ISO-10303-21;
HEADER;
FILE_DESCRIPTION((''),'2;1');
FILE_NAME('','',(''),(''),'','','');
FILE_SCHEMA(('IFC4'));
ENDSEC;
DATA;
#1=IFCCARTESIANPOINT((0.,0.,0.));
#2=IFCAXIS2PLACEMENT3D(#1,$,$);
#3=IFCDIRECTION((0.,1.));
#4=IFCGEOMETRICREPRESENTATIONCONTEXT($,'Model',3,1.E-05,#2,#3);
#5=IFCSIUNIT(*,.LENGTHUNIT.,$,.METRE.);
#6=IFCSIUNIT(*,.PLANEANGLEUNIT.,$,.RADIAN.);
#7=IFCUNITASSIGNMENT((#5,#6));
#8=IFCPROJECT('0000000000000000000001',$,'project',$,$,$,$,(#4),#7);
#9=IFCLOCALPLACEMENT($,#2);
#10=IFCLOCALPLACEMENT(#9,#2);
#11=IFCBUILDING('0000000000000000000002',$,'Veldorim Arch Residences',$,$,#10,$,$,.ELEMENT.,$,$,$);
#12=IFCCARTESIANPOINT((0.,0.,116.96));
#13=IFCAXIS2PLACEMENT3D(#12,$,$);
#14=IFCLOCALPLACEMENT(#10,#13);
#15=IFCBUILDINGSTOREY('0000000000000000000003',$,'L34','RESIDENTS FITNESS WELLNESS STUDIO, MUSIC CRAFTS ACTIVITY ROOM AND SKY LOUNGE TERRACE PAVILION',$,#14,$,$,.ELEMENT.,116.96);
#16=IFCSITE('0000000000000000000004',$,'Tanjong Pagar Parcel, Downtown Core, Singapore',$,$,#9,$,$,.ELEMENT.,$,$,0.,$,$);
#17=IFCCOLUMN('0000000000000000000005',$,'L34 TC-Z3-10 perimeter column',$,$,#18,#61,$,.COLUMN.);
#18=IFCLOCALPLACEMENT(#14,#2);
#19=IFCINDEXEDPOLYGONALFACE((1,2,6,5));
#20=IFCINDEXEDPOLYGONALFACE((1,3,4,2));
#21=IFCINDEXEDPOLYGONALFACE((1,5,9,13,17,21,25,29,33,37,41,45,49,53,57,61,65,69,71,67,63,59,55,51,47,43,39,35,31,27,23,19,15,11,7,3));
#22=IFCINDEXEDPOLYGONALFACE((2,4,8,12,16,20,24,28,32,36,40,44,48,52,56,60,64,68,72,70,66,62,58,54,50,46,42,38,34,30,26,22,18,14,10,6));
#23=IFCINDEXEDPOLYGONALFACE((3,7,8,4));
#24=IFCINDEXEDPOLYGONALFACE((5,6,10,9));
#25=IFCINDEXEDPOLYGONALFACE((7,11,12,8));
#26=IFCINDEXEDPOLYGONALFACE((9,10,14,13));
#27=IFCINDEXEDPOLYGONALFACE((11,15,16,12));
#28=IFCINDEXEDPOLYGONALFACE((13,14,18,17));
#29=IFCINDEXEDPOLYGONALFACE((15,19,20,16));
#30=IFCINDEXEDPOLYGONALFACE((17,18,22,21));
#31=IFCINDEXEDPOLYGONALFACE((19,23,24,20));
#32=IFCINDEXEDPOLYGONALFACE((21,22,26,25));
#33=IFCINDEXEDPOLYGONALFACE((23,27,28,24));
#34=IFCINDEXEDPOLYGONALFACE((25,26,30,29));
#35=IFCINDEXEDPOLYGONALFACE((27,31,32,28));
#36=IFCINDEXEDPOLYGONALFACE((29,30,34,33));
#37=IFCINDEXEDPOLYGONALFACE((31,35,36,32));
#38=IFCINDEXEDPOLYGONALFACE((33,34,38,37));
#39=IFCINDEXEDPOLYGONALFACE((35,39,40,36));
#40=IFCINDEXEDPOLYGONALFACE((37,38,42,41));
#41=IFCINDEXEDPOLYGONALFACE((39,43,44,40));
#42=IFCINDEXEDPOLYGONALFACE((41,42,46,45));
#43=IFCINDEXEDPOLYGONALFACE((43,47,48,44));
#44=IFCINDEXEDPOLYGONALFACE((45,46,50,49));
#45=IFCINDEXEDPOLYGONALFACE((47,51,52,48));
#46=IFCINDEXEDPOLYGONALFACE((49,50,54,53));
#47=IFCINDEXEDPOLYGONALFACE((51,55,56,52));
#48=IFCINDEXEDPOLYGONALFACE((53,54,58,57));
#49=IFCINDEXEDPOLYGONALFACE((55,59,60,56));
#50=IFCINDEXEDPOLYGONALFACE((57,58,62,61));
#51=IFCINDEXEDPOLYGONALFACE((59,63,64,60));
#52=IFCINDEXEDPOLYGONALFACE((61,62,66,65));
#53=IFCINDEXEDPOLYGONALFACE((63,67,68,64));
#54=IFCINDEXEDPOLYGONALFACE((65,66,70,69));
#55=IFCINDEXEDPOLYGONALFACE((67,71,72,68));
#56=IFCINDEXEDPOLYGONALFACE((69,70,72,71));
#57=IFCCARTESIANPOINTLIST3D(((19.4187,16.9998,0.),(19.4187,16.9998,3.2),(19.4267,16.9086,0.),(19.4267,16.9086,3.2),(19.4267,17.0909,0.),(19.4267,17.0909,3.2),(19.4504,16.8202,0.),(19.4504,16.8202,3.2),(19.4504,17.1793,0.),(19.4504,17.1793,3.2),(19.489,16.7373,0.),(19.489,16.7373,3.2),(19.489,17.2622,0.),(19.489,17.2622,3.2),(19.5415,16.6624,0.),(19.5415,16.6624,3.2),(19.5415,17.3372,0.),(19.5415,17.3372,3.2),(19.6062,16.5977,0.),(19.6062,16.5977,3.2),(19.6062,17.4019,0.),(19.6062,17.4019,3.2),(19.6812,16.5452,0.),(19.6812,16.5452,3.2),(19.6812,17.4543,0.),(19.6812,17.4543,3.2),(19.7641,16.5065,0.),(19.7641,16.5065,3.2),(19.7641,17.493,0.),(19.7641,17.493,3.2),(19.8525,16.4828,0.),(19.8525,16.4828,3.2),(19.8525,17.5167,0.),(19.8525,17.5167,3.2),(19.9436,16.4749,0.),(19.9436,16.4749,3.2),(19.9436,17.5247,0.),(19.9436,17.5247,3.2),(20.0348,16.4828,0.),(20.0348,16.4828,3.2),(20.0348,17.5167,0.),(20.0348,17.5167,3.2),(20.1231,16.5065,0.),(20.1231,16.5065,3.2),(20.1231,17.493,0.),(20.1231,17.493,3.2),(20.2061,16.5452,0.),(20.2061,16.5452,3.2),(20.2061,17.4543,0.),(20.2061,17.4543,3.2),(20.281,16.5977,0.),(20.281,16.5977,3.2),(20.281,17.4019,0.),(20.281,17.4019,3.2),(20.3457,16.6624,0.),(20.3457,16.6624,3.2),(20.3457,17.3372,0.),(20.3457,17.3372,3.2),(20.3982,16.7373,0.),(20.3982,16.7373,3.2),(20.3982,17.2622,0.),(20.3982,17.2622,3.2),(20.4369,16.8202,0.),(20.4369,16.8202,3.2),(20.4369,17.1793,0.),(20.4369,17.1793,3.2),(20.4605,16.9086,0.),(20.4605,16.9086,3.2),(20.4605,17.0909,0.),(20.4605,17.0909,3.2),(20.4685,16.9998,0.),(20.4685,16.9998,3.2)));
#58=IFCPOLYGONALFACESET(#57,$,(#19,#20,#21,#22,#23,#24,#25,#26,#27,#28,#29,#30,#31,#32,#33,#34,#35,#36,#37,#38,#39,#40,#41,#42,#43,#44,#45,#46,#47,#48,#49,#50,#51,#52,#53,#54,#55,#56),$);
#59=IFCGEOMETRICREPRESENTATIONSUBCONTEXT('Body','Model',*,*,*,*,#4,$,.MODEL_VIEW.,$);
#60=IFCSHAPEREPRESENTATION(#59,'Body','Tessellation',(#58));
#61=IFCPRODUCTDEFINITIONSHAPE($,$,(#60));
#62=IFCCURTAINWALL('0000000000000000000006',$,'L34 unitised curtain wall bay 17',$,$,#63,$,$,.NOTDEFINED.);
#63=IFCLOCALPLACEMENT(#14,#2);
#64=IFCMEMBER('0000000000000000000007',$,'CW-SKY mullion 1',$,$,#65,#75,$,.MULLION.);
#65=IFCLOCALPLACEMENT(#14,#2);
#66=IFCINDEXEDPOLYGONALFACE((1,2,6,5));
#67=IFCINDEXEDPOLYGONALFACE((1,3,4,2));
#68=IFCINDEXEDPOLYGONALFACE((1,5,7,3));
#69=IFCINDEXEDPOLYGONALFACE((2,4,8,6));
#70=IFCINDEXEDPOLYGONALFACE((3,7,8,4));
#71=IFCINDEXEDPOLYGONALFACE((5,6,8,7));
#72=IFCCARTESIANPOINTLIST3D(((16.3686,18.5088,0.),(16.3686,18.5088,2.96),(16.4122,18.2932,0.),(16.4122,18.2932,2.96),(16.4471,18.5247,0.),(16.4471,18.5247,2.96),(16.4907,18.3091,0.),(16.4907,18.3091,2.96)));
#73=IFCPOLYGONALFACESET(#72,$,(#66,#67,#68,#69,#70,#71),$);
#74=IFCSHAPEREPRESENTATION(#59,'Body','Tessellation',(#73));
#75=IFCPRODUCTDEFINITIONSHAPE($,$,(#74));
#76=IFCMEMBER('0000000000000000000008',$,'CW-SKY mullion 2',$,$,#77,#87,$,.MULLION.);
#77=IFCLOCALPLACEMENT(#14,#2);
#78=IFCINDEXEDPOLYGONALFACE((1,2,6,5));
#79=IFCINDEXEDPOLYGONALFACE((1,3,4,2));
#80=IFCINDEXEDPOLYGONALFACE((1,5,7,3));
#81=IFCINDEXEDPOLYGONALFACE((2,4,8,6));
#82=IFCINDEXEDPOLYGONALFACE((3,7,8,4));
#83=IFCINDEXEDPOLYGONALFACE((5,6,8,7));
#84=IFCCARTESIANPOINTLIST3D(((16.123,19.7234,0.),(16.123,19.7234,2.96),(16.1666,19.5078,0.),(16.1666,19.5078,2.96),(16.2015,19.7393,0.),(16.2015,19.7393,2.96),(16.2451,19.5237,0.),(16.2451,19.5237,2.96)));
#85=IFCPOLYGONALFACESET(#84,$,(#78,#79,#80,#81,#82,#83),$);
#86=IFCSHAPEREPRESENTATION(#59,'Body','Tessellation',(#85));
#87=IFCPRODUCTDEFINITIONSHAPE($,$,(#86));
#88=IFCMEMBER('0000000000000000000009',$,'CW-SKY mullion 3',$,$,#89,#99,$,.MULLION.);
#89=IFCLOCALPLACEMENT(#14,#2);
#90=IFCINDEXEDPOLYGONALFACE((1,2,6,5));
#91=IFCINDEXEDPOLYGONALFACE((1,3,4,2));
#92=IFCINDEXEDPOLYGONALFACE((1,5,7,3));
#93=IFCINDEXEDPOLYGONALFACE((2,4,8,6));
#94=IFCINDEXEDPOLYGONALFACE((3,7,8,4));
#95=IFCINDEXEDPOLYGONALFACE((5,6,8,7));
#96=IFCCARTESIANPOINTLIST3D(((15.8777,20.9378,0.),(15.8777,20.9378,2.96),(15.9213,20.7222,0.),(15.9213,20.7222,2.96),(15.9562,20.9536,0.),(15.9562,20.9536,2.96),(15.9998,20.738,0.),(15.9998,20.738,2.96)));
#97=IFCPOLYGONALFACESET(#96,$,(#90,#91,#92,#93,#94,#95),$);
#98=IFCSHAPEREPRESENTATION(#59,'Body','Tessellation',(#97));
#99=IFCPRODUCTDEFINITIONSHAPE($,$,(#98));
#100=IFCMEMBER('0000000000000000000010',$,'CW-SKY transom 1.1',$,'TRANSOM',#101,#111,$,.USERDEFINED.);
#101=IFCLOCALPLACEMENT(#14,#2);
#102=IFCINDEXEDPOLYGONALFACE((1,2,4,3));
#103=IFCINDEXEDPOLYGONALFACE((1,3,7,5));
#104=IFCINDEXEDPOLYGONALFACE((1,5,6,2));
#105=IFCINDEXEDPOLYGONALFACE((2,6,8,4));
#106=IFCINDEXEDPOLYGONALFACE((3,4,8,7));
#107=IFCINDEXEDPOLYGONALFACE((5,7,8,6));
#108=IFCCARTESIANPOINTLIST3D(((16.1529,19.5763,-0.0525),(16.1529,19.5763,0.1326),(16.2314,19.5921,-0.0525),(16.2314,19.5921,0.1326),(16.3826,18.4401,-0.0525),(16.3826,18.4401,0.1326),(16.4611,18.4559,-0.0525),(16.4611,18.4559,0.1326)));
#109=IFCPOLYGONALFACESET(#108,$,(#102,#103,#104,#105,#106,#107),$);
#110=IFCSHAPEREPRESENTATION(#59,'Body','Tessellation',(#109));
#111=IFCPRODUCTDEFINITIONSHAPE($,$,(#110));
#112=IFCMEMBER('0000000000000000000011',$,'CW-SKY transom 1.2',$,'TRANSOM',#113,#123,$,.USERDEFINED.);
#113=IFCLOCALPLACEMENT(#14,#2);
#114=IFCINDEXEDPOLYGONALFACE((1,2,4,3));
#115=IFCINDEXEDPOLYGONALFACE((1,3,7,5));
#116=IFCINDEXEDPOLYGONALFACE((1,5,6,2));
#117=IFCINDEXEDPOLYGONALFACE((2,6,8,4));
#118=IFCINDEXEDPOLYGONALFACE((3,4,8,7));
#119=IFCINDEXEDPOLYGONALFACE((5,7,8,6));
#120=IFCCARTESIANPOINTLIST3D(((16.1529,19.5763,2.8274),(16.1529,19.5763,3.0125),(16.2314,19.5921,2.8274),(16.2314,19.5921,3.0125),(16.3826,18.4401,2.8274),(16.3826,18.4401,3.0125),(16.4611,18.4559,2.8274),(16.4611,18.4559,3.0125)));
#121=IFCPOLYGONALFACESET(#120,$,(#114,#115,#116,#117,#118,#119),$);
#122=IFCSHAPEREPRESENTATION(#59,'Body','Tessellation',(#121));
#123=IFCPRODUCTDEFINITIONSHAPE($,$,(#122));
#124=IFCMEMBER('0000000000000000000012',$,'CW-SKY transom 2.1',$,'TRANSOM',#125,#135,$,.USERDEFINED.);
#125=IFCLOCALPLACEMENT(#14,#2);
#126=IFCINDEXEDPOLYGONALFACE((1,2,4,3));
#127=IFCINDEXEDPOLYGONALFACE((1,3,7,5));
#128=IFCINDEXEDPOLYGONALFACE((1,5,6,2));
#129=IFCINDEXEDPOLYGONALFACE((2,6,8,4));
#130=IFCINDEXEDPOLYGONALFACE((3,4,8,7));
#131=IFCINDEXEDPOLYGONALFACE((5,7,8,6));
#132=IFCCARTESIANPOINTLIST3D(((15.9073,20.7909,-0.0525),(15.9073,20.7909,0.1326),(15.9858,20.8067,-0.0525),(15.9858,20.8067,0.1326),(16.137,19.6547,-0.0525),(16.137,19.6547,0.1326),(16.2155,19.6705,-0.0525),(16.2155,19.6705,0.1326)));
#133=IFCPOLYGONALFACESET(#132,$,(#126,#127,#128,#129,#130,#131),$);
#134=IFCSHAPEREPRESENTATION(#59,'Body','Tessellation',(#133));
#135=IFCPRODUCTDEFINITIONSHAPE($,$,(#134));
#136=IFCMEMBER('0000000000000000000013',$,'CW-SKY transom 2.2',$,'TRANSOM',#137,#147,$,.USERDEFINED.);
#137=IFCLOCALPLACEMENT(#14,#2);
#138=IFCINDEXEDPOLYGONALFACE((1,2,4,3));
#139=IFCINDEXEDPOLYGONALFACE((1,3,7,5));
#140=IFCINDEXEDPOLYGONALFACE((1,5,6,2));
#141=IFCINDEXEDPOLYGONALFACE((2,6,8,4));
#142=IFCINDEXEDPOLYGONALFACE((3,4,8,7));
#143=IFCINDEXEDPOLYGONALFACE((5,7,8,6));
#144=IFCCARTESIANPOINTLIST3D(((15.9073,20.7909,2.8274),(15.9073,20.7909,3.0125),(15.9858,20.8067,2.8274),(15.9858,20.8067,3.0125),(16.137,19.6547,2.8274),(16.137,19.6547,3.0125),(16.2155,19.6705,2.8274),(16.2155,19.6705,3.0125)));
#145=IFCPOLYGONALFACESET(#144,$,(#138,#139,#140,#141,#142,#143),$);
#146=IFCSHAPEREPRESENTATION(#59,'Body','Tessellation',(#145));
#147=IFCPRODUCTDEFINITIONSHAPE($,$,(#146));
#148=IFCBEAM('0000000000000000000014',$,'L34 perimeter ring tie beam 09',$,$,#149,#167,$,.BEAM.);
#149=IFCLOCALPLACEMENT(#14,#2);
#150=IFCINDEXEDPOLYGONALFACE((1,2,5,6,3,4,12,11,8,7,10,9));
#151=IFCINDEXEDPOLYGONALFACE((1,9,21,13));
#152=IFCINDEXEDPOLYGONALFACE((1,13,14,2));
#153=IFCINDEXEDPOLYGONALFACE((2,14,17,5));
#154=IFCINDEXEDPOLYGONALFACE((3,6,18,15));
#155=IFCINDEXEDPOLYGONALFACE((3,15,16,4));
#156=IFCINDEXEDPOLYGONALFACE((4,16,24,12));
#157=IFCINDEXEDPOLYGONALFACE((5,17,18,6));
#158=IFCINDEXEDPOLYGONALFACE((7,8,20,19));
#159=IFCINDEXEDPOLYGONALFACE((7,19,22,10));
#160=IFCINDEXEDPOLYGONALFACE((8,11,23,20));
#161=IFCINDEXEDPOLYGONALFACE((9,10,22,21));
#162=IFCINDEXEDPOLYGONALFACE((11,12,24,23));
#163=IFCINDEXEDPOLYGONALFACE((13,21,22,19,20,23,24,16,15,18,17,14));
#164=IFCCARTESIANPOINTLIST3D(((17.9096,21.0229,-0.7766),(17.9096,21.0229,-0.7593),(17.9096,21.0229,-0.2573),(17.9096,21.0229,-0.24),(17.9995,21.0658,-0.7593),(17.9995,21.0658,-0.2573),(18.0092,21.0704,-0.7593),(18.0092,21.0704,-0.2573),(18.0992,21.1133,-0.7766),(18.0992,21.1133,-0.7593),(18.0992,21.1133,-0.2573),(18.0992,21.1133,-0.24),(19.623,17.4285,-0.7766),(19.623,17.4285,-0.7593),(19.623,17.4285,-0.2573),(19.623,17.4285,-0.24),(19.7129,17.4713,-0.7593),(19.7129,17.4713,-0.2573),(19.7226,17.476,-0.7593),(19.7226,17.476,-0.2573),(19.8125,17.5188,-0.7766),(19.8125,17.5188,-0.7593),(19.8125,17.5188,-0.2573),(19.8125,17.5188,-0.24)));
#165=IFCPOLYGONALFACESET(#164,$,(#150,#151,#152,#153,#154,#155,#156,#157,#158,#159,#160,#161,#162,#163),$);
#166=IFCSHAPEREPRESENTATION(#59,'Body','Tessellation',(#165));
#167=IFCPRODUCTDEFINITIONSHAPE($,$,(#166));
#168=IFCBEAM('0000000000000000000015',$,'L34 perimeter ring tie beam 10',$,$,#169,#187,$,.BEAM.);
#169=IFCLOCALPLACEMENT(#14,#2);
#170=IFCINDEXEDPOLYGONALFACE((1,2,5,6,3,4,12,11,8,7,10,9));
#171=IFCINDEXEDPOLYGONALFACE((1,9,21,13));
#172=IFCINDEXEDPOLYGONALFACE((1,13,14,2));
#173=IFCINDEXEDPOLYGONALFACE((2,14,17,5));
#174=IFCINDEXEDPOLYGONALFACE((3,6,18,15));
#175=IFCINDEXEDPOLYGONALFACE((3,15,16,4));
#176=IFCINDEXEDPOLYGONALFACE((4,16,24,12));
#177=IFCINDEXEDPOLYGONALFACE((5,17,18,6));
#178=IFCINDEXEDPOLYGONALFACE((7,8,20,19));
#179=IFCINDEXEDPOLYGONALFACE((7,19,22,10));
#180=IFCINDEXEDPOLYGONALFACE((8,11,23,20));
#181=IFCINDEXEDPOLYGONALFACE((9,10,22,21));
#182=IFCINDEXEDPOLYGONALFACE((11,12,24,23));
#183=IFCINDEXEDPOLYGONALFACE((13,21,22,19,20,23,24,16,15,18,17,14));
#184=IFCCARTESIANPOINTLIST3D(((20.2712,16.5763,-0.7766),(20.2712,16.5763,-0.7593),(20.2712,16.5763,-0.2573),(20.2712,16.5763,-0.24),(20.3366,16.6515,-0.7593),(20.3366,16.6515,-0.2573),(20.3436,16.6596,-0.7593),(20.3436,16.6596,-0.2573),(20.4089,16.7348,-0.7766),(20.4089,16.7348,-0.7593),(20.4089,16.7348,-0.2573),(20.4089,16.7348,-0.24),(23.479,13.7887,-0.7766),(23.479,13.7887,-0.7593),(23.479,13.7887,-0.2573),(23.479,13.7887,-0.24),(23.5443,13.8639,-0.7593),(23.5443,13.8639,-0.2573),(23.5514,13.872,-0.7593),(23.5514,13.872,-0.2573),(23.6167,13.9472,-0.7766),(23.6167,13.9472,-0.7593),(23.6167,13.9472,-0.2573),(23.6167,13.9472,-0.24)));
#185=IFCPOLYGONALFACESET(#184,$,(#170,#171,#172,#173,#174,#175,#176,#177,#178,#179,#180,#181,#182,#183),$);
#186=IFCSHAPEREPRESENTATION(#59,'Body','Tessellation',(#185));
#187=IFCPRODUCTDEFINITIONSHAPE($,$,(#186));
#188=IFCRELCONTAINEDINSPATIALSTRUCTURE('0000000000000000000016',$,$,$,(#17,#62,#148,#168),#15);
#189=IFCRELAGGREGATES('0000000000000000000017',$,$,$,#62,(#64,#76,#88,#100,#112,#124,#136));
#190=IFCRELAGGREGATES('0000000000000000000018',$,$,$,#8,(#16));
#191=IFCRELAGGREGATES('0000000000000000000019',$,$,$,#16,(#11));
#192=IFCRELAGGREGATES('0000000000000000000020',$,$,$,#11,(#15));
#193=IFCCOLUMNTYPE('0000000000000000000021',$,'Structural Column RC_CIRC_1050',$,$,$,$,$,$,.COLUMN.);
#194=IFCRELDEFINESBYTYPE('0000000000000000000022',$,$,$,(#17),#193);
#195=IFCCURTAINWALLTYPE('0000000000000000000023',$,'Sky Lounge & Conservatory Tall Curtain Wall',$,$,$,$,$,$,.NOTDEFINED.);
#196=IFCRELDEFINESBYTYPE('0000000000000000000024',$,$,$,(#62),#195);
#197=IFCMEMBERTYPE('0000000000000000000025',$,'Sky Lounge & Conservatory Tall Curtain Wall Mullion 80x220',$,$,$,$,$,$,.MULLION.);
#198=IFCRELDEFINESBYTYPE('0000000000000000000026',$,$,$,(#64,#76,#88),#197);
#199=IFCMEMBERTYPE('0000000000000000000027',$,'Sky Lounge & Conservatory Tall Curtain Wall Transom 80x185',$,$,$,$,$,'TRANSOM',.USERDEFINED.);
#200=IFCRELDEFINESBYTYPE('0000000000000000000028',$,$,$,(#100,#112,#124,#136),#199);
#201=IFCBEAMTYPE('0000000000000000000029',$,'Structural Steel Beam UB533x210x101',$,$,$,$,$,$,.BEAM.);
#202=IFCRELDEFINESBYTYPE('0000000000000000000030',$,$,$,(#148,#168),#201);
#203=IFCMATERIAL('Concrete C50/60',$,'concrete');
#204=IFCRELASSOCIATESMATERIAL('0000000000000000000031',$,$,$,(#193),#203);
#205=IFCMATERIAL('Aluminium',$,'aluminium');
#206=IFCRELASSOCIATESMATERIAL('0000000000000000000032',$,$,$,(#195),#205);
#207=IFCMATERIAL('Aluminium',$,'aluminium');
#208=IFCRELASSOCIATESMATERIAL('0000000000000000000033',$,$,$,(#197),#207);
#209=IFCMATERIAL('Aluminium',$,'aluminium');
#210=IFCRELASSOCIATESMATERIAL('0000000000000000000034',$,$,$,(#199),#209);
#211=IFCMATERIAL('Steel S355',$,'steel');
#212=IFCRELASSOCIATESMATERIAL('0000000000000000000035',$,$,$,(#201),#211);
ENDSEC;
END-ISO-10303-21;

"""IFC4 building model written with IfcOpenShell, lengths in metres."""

from ifc_helpers import new_model, si_unit, direction, frame, origin, origin_2d, place, context, subcontext, project, spatial, rectangle, circle, i_section, extrude, material, material_profile, profile_set, type_object, element, aggregate, save


model = new_model("IFC4")

# Units and contexts
model_context = context("Model", 3, precision=1e-05, world=origin(), true_north=direction((0.0, 1.0)))
body_context = subcontext(model_context, "Body", "Model", "MODEL_VIEW")
ifc_project = project(units=[si_unit("LENGTHUNIT", "METRE"), si_unit("PLANEANGLEUNIT", "RADIAN")], contexts=[model_context])

# Site, building, storey
site_placement = place(None, origin())
site = spatial("IfcSite", under=ifc_project, at=site_placement, Name="Tanjong Pagar Parcel, Downtown Core, Singapore", CompositionType="ELEMENT", RefElevation=0.0)
building_placement = place(site_placement, origin())
building = spatial("IfcBuilding", under=site, at=building_placement, Name="Veldorim Arch Residences", CompositionType="ELEMENT")
storey_placement = place(building_placement, frame((0.0, 0.0, 116.96)))
storey = spatial("IfcBuildingStorey", under=building, at=storey_placement, Name="L34", Description="RESIDENTS FITNESS WELLNESS STUDIO, MUSIC CRAFTS ACTIVITY ROOM AND SKY LOUNGE TERRACE PAVILION", CompositionType="ELEMENT", Elevation=116.96)

# Column
ifc_material_1 = material(Name="Concrete C50/60", Category="concrete")
ifc_material_profile_1 = material_profile(ifc_material_1, circle(Radius=0.5249, at=origin_2d()), Name="RC_CIRC_1050")
ifc_profile_set_1 = profile_set([ifc_material_profile_1], Name="Concrete C50/60")
column_type = type_object("IfcColumnType", Name="Structural Column RC_CIRC_1050", PredefinedType="COLUMN", material=ifc_profile_set_1)
column_placement = place(storey_placement, frame((19.9436, 16.9998, 0.0), z_axis=(0.0, 0.0, 1.0), x_axis=(1.0, 0.0, 0.0)))
element("IfcColumn", 1, at=column_placement, inside=storey, type_object=column_type, Name="L34 TC-Z3-10 perimeter column", PredefinedType="COLUMN", context=body_context, shape_type="SweptSolid", body=[
    extrude(circle(Radius=0.5249, at=origin_2d()), origin(), (0.0, 0.0, 1.0), 3.2),
])

# Curtain wall, members
ifc_material_2 = material(Name="Aluminium", Category="aluminium")
curtain_wall_type = type_object("IfcCurtainWallType", Name="Sky Lounge & Conservatory Tall Curtain Wall", PredefinedType="NOTDEFINED", material=ifc_material_2)
curtain_wall_placement = place(storey_placement, origin())
curtain_wall = element("IfcCurtainWall", 2, at=curtain_wall_placement, inside=storey, type_object=curtain_wall_type, Name="L34 unitised curtain wall bay 17", PredefinedType="NOTDEFINED")
ifc_material_3 = material(Name="Aluminium", Category="aluminium")
ifc_material_profile_2 = material_profile(ifc_material_3, rectangle(XDim=0.0801, YDim=0.22, at=origin_2d()), Name="ALU_MUL_80x220")
ifc_profile_set_2 = profile_set([ifc_material_profile_2], Name="Aluminium")
member_type_1 = type_object("IfcMemberType", Name="Sky Lounge & Conservatory Tall Curtain Wall Mullion 80x220", PredefinedType="MULLION", material=ifc_profile_set_2)
member_1_placement = place(storey_placement, frame((16.4297, 18.4089, 0.0), z_axis=(0.0, 0.0, 1.0), x_axis=(-0.980165, -0.198183, 0.0)))
member_1 = element("IfcMember", 3, at=member_1_placement, type_object=member_type_1, Name="CW-SKY mullion 1", PredefinedType="MULLION", context=body_context, shape_type="SweptSolid", body=[
    extrude(rectangle(XDim=0.0801, YDim=0.22, at=origin_2d()), origin(), (0.0, 0.0, 1.0), 2.96),
])
member_2_placement = place(storey_placement, frame((16.1841, 19.6235, 0.0), z_axis=(0.0, 0.0, 1.0), x_axis=(-0.980165, -0.198183, 0.0)))
member_2 = element("IfcMember", 4, at=member_2_placement, type_object=member_type_1, Name="CW-SKY mullion 2", PredefinedType="MULLION", context=body_context, shape_type="SweptSolid", body=[
    extrude(rectangle(XDim=0.0801, YDim=0.22, at=origin_2d()), origin(), (0.0, 0.0, 1.0), 2.96),
])
member_3_placement = place(storey_placement, frame((15.9387, 20.8379, 0.0), z_axis=(0.0, 0.0, 1.0), x_axis=(-0.980165, -0.198183, 0.0)))
member_3 = element("IfcMember", 5, at=member_3_placement, type_object=member_type_1, Name="CW-SKY mullion 3", PredefinedType="MULLION", context=body_context, shape_type="SweptSolid", body=[
    extrude(rectangle(XDim=0.0801, YDim=0.22, at=origin_2d()), origin(), (0.0, 0.0, 1.0), 2.96),
])
ifc_material_4 = material(Name="Aluminium", Category="aluminium")
ifc_material_profile_3 = material_profile(ifc_material_4, rectangle(XDim=0.0801, YDim=0.1851, at=origin_2d()), Name="ALU_TRN_80x185")
ifc_profile_set_3 = profile_set([ifc_material_profile_3], Name="Aluminium")
member_type_2 = type_object("IfcMemberType", Name="Sky Lounge & Conservatory Tall Curtain Wall Transom 80x185", ElementType="TRANSOM", PredefinedType="USERDEFINED", material=ifc_profile_set_3)
member_4_placement = place(storey_placement, frame((16.4219, 18.448, 0.04), z_axis=(-0.198181, 0.980165, 0.0), x_axis=(-0.980165, -0.198181, 0.0)))
member_4 = element("IfcMember", 6, at=member_4_placement, type_object=member_type_2, Name="CW-SKY transom 1.1", ObjectType="TRANSOM", PredefinedType="USERDEFINED", context=body_context, shape_type="SweptSolid", body=[
    extrude(rectangle(XDim=0.0801, YDim=0.1851, at=origin_2d()), origin(), (0.0, 0.0, 1.0), 1.1592),
])
member_5_placement = place(storey_placement, frame((16.4219, 18.448, 2.9199), z_axis=(-0.198181, 0.980165, 0.0), x_axis=(-0.980165, -0.198181, 0.0)))
member_5 = element("IfcMember", 7, at=member_5_placement, type_object=member_type_2, Name="CW-SKY transom 1.2", ObjectType="TRANSOM", PredefinedType="USERDEFINED", context=body_context, shape_type="SweptSolid", body=[
    extrude(rectangle(XDim=0.0801, YDim=0.1851, at=origin_2d()), origin(), (0.0, 0.0, 1.0), 1.1592),
])
member_6_placement = place(storey_placement, frame((16.1763, 19.6626, 0.04), z_axis=(-0.198181, 0.980165, 0.0), x_axis=(-0.980165, -0.198181, 0.0)))
member_6 = element("IfcMember", 8, at=member_6_placement, type_object=member_type_2, Name="CW-SKY transom 2.1", ObjectType="TRANSOM", PredefinedType="USERDEFINED", context=body_context, shape_type="SweptSolid", body=[
    extrude(rectangle(XDim=0.0801, YDim=0.1851, at=origin_2d()), origin(), (0.0, 0.0, 1.0), 1.1592),
])
member_7_placement = place(storey_placement, frame((16.1763, 19.6626, 2.9199), z_axis=(-0.198181, 0.980165, 0.0), x_axis=(-0.980165, -0.198181, 0.0)))
member_7 = element("IfcMember", 9, at=member_7_placement, type_object=member_type_2, Name="CW-SKY transom 2.2", ObjectType="TRANSOM", PredefinedType="USERDEFINED", context=body_context, shape_type="SweptSolid", body=[
    extrude(rectangle(XDim=0.0801, YDim=0.1851, at=origin_2d()), origin(), (0.0, 0.0, 1.0), 1.1592),
])

# Beams
ifc_material_5 = material(Name="Steel S355", Category="steel")
ifc_material_profile_4 = material_profile(ifc_material_5, i_section(OverallWidth=0.21, OverallDepth=0.5366, WebThickness=0.0107, FlangeThickness=0.0173, at=origin_2d()), Name="UB533x210x101")
ifc_profile_set_4 = profile_set([ifc_material_profile_4], Name="Steel S355")
beam_type = type_object("IfcBeamType", Name="Structural Steel Beam UB533x210x101", PredefinedType="BEAM", material=ifc_profile_set_4)
beam_1_placement = place(storey_placement, frame((18.0044, 21.0681, -0.5083), z_axis=(0.430286, -0.902693, 0.0), x_axis=(0.902693, 0.430286, 0.0)))
element("IfcBeam", 10, at=beam_1_placement, inside=storey, type_object=beam_type, Name="L34 perimeter ring tie beam 09", PredefinedType="BEAM", context=body_context, shape_type="SweptSolid", body=[
    extrude(i_section(OverallWidth=0.21, OverallDepth=0.5366, WebThickness=0.0107, FlangeThickness=0.0173, at=origin_2d()), origin(), (0.0, 0.0, 1.0), 3.9819),
])
beam_2_placement = place(storey_placement, frame((20.3401, 16.6555, -0.5083), z_axis=(0.754811, -0.655943, 0.0), x_axis=(0.655943, 0.754811, 0.0)))
element("IfcBeam", 11, at=beam_2_placement, inside=storey, type_object=beam_type, Name="L34 perimeter ring tie beam 10", PredefinedType="BEAM", context=body_context, shape_type="SweptSolid", body=[
    extrude(i_section(OverallWidth=0.21, OverallDepth=0.5366, WebThickness=0.0107, FlangeThickness=0.0173, at=origin_2d()), origin(), (0.0, 0.0, 1.0), 4.2498),
])

aggregate(curtain_wall, [member_1, member_2, member_3, member_4, member_5, member_6, member_7])

save(model, "model.ifc")
